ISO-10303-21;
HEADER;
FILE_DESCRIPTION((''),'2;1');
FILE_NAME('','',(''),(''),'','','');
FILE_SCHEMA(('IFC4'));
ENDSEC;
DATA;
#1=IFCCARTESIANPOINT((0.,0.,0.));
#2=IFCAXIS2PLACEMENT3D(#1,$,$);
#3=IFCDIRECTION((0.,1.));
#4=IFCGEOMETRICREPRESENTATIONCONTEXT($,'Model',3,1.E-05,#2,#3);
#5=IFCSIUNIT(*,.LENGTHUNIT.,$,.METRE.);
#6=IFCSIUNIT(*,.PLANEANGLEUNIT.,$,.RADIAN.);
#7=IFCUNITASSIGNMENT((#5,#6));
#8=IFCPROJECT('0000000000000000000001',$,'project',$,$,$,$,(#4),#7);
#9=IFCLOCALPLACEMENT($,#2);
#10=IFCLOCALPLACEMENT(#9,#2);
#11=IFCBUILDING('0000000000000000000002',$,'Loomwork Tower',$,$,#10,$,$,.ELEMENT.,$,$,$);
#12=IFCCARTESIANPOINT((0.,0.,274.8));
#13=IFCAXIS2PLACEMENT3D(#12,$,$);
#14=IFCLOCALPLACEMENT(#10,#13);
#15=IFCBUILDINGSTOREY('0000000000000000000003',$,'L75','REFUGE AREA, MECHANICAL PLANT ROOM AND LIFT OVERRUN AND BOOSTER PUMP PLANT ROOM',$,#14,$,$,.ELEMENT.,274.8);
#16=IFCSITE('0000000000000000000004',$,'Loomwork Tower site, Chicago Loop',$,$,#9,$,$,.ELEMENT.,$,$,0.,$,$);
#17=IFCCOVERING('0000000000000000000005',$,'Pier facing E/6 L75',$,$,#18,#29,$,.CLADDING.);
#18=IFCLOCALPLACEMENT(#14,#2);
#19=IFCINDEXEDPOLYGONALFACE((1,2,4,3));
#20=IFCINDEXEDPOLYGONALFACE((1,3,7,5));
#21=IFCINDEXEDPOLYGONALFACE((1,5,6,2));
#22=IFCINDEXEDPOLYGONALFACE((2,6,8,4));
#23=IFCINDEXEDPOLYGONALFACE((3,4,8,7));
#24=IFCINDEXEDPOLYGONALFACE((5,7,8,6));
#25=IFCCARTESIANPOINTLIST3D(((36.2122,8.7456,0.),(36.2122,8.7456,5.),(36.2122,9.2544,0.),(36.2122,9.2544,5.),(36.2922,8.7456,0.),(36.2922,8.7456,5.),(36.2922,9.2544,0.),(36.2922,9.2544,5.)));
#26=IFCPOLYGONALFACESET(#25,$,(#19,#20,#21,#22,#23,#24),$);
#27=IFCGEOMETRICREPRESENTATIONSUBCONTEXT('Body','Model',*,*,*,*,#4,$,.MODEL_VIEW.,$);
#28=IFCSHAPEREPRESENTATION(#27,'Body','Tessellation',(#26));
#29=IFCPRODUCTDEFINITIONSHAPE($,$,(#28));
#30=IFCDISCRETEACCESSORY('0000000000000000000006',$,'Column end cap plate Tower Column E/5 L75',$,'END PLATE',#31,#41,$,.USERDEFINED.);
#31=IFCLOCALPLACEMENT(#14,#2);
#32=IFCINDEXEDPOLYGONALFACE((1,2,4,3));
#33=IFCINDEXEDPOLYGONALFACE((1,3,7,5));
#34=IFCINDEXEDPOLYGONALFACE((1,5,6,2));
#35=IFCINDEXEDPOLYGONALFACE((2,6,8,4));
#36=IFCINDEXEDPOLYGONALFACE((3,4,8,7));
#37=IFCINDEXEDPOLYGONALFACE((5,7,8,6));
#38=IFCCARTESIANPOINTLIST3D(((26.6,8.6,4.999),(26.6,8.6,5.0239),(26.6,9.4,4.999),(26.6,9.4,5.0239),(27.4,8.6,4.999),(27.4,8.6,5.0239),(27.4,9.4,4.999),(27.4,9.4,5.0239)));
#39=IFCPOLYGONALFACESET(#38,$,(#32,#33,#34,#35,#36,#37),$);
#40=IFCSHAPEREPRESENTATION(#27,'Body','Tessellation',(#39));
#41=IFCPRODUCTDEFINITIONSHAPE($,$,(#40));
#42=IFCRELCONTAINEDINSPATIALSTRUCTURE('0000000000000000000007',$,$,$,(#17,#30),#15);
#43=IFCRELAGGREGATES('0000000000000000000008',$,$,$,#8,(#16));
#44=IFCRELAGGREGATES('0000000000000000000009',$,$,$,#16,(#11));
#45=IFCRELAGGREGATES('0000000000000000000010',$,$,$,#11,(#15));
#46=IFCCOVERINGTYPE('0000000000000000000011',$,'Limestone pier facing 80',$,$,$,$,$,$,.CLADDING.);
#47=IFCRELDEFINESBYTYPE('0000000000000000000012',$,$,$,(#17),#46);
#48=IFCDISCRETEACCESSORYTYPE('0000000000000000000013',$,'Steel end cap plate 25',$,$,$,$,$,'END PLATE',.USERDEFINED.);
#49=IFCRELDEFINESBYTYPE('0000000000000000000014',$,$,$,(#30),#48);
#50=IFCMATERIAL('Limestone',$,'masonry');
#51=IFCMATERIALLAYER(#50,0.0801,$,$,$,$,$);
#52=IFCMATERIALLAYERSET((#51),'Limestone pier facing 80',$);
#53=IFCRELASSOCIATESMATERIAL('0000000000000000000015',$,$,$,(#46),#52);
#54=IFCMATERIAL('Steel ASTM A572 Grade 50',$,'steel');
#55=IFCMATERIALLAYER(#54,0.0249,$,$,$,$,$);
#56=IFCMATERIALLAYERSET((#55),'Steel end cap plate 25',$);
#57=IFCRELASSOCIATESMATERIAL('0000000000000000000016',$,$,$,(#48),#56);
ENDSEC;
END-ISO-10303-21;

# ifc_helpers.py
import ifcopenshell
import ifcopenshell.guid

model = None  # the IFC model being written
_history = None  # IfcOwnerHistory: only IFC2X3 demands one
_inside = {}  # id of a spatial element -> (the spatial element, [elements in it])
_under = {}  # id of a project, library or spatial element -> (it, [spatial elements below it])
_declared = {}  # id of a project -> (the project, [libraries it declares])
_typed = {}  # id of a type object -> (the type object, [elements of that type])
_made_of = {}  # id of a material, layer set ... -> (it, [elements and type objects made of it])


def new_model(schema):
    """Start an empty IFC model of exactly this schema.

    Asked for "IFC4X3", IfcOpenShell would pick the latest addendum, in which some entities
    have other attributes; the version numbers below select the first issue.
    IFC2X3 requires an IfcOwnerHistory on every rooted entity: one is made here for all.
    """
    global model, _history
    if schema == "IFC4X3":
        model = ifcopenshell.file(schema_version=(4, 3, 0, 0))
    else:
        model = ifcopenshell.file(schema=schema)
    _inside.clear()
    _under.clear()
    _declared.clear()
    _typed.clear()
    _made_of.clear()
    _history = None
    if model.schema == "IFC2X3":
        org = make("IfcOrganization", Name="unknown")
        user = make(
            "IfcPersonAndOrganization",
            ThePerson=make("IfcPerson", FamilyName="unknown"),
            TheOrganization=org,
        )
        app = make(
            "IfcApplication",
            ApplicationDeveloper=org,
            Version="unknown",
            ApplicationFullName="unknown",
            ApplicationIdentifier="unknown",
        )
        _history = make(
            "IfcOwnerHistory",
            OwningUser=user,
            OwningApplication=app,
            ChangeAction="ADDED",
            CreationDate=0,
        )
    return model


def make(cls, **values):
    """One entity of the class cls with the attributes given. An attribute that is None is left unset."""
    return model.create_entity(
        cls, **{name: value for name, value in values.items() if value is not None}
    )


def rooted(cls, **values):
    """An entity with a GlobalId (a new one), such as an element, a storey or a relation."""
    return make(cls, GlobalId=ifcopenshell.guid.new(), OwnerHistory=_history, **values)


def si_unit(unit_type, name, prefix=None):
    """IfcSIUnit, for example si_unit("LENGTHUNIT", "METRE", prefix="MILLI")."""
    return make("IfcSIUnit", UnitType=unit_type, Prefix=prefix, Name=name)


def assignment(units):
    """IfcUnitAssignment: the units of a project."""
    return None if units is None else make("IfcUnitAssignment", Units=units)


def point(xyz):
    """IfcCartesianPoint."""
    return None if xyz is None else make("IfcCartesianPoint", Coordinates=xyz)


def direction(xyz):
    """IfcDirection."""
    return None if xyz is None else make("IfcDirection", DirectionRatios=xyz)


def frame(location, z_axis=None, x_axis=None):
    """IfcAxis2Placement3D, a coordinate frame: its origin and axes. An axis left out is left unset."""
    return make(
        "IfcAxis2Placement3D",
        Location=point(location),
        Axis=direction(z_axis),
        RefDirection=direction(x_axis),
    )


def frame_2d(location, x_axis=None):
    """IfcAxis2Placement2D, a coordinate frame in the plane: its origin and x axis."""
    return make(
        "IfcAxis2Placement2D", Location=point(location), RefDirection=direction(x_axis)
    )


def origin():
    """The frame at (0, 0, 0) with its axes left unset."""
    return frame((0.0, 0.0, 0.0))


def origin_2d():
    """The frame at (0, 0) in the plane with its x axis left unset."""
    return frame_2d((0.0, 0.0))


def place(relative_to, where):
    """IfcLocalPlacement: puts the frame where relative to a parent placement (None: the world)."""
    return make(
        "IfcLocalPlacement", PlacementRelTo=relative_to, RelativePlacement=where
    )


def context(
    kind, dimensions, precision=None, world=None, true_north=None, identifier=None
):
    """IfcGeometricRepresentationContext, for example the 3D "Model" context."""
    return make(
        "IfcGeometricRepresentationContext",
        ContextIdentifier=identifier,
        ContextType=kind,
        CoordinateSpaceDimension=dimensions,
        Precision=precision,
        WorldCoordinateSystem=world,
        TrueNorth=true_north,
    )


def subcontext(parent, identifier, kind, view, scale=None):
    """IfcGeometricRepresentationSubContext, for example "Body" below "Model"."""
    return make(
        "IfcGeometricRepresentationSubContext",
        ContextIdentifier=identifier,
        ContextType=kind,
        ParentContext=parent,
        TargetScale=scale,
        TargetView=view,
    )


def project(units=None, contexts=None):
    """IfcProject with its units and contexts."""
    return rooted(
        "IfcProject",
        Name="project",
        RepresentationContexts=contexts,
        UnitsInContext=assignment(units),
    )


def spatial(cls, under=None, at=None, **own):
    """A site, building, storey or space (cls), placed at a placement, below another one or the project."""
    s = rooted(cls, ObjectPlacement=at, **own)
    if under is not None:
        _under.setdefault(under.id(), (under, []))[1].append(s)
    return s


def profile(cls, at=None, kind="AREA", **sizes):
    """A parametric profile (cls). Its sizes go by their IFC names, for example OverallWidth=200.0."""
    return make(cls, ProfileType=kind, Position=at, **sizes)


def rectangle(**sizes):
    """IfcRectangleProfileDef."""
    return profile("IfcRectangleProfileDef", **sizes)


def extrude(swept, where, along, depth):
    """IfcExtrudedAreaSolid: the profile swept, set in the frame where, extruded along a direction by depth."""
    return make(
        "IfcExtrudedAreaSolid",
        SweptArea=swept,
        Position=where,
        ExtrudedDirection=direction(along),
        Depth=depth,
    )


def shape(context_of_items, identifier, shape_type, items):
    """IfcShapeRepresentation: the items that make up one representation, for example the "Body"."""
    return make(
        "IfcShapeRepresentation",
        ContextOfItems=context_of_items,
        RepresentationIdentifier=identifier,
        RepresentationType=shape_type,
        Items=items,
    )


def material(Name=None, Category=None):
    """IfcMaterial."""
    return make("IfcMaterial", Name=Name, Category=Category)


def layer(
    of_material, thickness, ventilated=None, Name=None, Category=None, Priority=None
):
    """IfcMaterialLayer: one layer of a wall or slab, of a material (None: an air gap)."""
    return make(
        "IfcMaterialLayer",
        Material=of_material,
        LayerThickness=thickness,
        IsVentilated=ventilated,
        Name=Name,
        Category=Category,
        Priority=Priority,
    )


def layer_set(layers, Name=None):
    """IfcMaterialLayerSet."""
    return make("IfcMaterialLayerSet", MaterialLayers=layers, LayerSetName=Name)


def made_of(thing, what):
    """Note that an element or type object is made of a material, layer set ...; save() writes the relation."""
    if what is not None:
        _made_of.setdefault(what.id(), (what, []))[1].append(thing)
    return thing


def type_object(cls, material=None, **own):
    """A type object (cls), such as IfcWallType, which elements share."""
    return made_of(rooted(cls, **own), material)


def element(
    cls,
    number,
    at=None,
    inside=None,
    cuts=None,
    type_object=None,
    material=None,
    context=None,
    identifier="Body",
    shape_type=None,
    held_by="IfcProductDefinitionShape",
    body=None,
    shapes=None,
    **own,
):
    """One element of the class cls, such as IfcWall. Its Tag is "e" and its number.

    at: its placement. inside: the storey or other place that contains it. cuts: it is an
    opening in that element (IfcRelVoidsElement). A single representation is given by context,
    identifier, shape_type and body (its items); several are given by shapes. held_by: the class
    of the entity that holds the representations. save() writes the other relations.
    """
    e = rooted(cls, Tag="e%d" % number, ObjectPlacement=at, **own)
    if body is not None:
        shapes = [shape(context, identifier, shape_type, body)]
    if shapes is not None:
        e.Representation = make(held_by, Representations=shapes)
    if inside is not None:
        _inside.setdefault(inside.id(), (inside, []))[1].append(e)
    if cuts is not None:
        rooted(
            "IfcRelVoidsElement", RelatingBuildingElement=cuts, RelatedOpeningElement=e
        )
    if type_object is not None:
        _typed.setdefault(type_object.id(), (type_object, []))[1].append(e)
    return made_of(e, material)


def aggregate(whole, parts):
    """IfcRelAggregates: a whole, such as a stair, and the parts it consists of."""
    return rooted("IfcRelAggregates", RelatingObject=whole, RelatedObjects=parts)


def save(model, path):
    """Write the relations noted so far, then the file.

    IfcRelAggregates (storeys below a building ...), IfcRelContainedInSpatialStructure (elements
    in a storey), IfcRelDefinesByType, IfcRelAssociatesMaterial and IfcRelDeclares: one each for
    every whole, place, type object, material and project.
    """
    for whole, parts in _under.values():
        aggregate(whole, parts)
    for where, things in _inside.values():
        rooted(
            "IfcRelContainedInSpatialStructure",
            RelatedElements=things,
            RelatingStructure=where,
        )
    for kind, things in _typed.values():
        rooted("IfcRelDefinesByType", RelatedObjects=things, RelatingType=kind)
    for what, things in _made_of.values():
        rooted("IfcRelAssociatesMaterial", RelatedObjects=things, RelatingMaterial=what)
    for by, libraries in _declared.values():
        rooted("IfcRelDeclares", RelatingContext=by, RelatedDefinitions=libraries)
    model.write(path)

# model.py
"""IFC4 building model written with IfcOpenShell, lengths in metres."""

from ifc_helpers import new_model, si_unit, direction, frame, origin, origin_2d, place, context, subcontext, project, spatial, rectangle, extrude, material, layer, layer_set, type_object, element, save


model = new_model("IFC4")

# Units and contexts
model_context = context("Model", 3, precision=1e-05, world=origin(), true_north=direction((0.0, 1.0)))
body_context = subcontext(model_context, "Body", "Model", "MODEL_VIEW")
ifc_project = project(units=[si_unit("LENGTHUNIT", "METRE"), si_unit("PLANEANGLEUNIT", "RADIAN")], contexts=[model_context])

# Site, building, storey
site_placement = place(None, origin())
site = spatial("IfcSite", under=ifc_project, at=site_placement, Name="Loomwork Tower site, Chicago Loop", CompositionType="ELEMENT", RefElevation=0.0)
building_placement = place(site_placement, origin())
building = spatial("IfcBuilding", under=site, at=building_placement, Name="Loomwork Tower", CompositionType="ELEMENT")
storey_placement = place(building_placement, frame((0.0, 0.0, 274.8)))
storey = spatial("IfcBuildingStorey", under=building, at=storey_placement, Name="L75", Description="REFUGE AREA, MECHANICAL PLANT ROOM AND LIFT OVERRUN AND BOOSTER PUMP PLANT ROOM", CompositionType="ELEMENT", Elevation=274.8)

# Covering
ifc_material_1 = material(Name="Limestone", Category="masonry")
ifc_layer_1 = layer(ifc_material_1, 0.0801)
ifc_layer_set_1 = layer_set([ifc_layer_1], Name="Limestone pier facing 80")
covering_type_1 = type_object("IfcCoveringType", Name="Limestone pier facing 80", PredefinedType="CLADDING", material=ifc_layer_set_1)
covering_1_placement = place(storey_placement, frame((36.2522, 9.0, 0.0), z_axis=(0.0, 0.0, 1.0), x_axis=(1.0, 0.0, 0.0)))
element("IfcCovering", 1, at=covering_1_placement, inside=storey, type_object=covering_type_1, Name="Pier facing E/6 L75", PredefinedType="CLADDING", context=body_context, shape_type="SweptSolid", body=[
    extrude(rectangle(XDim=0.0801, YDim=0.5088, at=origin_2d()), origin(), (0.0, 0.0, 1.0), 5.0),
])

# Discrete accessory
ifc_material_2 = material(Name="Steel ASTM A572 Grade 50", Category="steel")
ifc_layer_2 = layer(ifc_material_2, 0.0249)
ifc_layer_set_2 = layer_set([ifc_layer_2], Name="Steel end cap plate 25")
discrete_accessory_type = type_object("IfcDiscreteAccessoryType", Name="Steel end cap plate 25", ElementType="END PLATE", PredefinedType="USERDEFINED", material=ifc_layer_set_2)
discrete_accessory_placement = place(storey_placement, frame((27.0, 9.0, 4.999), z_axis=(0.0, 0.0, 1.0), x_axis=(1.0, 0.0, 0.0)))
element("IfcDiscreteAccessory", 2, at=discrete_accessory_placement, inside=storey, type_object=discrete_accessory_type, Name="Column end cap plate Tower Column E/5 L75", ObjectType="END PLATE", PredefinedType="USERDEFINED", context=body_context, shape_type="SweptSolid", body=[
    extrude(rectangle(XDim=0.8, YDim=0.8, at=origin_2d()), origin(), (0.0, 0.0, 1.0), 0.0249),
])

save(model, "model.ifc")
